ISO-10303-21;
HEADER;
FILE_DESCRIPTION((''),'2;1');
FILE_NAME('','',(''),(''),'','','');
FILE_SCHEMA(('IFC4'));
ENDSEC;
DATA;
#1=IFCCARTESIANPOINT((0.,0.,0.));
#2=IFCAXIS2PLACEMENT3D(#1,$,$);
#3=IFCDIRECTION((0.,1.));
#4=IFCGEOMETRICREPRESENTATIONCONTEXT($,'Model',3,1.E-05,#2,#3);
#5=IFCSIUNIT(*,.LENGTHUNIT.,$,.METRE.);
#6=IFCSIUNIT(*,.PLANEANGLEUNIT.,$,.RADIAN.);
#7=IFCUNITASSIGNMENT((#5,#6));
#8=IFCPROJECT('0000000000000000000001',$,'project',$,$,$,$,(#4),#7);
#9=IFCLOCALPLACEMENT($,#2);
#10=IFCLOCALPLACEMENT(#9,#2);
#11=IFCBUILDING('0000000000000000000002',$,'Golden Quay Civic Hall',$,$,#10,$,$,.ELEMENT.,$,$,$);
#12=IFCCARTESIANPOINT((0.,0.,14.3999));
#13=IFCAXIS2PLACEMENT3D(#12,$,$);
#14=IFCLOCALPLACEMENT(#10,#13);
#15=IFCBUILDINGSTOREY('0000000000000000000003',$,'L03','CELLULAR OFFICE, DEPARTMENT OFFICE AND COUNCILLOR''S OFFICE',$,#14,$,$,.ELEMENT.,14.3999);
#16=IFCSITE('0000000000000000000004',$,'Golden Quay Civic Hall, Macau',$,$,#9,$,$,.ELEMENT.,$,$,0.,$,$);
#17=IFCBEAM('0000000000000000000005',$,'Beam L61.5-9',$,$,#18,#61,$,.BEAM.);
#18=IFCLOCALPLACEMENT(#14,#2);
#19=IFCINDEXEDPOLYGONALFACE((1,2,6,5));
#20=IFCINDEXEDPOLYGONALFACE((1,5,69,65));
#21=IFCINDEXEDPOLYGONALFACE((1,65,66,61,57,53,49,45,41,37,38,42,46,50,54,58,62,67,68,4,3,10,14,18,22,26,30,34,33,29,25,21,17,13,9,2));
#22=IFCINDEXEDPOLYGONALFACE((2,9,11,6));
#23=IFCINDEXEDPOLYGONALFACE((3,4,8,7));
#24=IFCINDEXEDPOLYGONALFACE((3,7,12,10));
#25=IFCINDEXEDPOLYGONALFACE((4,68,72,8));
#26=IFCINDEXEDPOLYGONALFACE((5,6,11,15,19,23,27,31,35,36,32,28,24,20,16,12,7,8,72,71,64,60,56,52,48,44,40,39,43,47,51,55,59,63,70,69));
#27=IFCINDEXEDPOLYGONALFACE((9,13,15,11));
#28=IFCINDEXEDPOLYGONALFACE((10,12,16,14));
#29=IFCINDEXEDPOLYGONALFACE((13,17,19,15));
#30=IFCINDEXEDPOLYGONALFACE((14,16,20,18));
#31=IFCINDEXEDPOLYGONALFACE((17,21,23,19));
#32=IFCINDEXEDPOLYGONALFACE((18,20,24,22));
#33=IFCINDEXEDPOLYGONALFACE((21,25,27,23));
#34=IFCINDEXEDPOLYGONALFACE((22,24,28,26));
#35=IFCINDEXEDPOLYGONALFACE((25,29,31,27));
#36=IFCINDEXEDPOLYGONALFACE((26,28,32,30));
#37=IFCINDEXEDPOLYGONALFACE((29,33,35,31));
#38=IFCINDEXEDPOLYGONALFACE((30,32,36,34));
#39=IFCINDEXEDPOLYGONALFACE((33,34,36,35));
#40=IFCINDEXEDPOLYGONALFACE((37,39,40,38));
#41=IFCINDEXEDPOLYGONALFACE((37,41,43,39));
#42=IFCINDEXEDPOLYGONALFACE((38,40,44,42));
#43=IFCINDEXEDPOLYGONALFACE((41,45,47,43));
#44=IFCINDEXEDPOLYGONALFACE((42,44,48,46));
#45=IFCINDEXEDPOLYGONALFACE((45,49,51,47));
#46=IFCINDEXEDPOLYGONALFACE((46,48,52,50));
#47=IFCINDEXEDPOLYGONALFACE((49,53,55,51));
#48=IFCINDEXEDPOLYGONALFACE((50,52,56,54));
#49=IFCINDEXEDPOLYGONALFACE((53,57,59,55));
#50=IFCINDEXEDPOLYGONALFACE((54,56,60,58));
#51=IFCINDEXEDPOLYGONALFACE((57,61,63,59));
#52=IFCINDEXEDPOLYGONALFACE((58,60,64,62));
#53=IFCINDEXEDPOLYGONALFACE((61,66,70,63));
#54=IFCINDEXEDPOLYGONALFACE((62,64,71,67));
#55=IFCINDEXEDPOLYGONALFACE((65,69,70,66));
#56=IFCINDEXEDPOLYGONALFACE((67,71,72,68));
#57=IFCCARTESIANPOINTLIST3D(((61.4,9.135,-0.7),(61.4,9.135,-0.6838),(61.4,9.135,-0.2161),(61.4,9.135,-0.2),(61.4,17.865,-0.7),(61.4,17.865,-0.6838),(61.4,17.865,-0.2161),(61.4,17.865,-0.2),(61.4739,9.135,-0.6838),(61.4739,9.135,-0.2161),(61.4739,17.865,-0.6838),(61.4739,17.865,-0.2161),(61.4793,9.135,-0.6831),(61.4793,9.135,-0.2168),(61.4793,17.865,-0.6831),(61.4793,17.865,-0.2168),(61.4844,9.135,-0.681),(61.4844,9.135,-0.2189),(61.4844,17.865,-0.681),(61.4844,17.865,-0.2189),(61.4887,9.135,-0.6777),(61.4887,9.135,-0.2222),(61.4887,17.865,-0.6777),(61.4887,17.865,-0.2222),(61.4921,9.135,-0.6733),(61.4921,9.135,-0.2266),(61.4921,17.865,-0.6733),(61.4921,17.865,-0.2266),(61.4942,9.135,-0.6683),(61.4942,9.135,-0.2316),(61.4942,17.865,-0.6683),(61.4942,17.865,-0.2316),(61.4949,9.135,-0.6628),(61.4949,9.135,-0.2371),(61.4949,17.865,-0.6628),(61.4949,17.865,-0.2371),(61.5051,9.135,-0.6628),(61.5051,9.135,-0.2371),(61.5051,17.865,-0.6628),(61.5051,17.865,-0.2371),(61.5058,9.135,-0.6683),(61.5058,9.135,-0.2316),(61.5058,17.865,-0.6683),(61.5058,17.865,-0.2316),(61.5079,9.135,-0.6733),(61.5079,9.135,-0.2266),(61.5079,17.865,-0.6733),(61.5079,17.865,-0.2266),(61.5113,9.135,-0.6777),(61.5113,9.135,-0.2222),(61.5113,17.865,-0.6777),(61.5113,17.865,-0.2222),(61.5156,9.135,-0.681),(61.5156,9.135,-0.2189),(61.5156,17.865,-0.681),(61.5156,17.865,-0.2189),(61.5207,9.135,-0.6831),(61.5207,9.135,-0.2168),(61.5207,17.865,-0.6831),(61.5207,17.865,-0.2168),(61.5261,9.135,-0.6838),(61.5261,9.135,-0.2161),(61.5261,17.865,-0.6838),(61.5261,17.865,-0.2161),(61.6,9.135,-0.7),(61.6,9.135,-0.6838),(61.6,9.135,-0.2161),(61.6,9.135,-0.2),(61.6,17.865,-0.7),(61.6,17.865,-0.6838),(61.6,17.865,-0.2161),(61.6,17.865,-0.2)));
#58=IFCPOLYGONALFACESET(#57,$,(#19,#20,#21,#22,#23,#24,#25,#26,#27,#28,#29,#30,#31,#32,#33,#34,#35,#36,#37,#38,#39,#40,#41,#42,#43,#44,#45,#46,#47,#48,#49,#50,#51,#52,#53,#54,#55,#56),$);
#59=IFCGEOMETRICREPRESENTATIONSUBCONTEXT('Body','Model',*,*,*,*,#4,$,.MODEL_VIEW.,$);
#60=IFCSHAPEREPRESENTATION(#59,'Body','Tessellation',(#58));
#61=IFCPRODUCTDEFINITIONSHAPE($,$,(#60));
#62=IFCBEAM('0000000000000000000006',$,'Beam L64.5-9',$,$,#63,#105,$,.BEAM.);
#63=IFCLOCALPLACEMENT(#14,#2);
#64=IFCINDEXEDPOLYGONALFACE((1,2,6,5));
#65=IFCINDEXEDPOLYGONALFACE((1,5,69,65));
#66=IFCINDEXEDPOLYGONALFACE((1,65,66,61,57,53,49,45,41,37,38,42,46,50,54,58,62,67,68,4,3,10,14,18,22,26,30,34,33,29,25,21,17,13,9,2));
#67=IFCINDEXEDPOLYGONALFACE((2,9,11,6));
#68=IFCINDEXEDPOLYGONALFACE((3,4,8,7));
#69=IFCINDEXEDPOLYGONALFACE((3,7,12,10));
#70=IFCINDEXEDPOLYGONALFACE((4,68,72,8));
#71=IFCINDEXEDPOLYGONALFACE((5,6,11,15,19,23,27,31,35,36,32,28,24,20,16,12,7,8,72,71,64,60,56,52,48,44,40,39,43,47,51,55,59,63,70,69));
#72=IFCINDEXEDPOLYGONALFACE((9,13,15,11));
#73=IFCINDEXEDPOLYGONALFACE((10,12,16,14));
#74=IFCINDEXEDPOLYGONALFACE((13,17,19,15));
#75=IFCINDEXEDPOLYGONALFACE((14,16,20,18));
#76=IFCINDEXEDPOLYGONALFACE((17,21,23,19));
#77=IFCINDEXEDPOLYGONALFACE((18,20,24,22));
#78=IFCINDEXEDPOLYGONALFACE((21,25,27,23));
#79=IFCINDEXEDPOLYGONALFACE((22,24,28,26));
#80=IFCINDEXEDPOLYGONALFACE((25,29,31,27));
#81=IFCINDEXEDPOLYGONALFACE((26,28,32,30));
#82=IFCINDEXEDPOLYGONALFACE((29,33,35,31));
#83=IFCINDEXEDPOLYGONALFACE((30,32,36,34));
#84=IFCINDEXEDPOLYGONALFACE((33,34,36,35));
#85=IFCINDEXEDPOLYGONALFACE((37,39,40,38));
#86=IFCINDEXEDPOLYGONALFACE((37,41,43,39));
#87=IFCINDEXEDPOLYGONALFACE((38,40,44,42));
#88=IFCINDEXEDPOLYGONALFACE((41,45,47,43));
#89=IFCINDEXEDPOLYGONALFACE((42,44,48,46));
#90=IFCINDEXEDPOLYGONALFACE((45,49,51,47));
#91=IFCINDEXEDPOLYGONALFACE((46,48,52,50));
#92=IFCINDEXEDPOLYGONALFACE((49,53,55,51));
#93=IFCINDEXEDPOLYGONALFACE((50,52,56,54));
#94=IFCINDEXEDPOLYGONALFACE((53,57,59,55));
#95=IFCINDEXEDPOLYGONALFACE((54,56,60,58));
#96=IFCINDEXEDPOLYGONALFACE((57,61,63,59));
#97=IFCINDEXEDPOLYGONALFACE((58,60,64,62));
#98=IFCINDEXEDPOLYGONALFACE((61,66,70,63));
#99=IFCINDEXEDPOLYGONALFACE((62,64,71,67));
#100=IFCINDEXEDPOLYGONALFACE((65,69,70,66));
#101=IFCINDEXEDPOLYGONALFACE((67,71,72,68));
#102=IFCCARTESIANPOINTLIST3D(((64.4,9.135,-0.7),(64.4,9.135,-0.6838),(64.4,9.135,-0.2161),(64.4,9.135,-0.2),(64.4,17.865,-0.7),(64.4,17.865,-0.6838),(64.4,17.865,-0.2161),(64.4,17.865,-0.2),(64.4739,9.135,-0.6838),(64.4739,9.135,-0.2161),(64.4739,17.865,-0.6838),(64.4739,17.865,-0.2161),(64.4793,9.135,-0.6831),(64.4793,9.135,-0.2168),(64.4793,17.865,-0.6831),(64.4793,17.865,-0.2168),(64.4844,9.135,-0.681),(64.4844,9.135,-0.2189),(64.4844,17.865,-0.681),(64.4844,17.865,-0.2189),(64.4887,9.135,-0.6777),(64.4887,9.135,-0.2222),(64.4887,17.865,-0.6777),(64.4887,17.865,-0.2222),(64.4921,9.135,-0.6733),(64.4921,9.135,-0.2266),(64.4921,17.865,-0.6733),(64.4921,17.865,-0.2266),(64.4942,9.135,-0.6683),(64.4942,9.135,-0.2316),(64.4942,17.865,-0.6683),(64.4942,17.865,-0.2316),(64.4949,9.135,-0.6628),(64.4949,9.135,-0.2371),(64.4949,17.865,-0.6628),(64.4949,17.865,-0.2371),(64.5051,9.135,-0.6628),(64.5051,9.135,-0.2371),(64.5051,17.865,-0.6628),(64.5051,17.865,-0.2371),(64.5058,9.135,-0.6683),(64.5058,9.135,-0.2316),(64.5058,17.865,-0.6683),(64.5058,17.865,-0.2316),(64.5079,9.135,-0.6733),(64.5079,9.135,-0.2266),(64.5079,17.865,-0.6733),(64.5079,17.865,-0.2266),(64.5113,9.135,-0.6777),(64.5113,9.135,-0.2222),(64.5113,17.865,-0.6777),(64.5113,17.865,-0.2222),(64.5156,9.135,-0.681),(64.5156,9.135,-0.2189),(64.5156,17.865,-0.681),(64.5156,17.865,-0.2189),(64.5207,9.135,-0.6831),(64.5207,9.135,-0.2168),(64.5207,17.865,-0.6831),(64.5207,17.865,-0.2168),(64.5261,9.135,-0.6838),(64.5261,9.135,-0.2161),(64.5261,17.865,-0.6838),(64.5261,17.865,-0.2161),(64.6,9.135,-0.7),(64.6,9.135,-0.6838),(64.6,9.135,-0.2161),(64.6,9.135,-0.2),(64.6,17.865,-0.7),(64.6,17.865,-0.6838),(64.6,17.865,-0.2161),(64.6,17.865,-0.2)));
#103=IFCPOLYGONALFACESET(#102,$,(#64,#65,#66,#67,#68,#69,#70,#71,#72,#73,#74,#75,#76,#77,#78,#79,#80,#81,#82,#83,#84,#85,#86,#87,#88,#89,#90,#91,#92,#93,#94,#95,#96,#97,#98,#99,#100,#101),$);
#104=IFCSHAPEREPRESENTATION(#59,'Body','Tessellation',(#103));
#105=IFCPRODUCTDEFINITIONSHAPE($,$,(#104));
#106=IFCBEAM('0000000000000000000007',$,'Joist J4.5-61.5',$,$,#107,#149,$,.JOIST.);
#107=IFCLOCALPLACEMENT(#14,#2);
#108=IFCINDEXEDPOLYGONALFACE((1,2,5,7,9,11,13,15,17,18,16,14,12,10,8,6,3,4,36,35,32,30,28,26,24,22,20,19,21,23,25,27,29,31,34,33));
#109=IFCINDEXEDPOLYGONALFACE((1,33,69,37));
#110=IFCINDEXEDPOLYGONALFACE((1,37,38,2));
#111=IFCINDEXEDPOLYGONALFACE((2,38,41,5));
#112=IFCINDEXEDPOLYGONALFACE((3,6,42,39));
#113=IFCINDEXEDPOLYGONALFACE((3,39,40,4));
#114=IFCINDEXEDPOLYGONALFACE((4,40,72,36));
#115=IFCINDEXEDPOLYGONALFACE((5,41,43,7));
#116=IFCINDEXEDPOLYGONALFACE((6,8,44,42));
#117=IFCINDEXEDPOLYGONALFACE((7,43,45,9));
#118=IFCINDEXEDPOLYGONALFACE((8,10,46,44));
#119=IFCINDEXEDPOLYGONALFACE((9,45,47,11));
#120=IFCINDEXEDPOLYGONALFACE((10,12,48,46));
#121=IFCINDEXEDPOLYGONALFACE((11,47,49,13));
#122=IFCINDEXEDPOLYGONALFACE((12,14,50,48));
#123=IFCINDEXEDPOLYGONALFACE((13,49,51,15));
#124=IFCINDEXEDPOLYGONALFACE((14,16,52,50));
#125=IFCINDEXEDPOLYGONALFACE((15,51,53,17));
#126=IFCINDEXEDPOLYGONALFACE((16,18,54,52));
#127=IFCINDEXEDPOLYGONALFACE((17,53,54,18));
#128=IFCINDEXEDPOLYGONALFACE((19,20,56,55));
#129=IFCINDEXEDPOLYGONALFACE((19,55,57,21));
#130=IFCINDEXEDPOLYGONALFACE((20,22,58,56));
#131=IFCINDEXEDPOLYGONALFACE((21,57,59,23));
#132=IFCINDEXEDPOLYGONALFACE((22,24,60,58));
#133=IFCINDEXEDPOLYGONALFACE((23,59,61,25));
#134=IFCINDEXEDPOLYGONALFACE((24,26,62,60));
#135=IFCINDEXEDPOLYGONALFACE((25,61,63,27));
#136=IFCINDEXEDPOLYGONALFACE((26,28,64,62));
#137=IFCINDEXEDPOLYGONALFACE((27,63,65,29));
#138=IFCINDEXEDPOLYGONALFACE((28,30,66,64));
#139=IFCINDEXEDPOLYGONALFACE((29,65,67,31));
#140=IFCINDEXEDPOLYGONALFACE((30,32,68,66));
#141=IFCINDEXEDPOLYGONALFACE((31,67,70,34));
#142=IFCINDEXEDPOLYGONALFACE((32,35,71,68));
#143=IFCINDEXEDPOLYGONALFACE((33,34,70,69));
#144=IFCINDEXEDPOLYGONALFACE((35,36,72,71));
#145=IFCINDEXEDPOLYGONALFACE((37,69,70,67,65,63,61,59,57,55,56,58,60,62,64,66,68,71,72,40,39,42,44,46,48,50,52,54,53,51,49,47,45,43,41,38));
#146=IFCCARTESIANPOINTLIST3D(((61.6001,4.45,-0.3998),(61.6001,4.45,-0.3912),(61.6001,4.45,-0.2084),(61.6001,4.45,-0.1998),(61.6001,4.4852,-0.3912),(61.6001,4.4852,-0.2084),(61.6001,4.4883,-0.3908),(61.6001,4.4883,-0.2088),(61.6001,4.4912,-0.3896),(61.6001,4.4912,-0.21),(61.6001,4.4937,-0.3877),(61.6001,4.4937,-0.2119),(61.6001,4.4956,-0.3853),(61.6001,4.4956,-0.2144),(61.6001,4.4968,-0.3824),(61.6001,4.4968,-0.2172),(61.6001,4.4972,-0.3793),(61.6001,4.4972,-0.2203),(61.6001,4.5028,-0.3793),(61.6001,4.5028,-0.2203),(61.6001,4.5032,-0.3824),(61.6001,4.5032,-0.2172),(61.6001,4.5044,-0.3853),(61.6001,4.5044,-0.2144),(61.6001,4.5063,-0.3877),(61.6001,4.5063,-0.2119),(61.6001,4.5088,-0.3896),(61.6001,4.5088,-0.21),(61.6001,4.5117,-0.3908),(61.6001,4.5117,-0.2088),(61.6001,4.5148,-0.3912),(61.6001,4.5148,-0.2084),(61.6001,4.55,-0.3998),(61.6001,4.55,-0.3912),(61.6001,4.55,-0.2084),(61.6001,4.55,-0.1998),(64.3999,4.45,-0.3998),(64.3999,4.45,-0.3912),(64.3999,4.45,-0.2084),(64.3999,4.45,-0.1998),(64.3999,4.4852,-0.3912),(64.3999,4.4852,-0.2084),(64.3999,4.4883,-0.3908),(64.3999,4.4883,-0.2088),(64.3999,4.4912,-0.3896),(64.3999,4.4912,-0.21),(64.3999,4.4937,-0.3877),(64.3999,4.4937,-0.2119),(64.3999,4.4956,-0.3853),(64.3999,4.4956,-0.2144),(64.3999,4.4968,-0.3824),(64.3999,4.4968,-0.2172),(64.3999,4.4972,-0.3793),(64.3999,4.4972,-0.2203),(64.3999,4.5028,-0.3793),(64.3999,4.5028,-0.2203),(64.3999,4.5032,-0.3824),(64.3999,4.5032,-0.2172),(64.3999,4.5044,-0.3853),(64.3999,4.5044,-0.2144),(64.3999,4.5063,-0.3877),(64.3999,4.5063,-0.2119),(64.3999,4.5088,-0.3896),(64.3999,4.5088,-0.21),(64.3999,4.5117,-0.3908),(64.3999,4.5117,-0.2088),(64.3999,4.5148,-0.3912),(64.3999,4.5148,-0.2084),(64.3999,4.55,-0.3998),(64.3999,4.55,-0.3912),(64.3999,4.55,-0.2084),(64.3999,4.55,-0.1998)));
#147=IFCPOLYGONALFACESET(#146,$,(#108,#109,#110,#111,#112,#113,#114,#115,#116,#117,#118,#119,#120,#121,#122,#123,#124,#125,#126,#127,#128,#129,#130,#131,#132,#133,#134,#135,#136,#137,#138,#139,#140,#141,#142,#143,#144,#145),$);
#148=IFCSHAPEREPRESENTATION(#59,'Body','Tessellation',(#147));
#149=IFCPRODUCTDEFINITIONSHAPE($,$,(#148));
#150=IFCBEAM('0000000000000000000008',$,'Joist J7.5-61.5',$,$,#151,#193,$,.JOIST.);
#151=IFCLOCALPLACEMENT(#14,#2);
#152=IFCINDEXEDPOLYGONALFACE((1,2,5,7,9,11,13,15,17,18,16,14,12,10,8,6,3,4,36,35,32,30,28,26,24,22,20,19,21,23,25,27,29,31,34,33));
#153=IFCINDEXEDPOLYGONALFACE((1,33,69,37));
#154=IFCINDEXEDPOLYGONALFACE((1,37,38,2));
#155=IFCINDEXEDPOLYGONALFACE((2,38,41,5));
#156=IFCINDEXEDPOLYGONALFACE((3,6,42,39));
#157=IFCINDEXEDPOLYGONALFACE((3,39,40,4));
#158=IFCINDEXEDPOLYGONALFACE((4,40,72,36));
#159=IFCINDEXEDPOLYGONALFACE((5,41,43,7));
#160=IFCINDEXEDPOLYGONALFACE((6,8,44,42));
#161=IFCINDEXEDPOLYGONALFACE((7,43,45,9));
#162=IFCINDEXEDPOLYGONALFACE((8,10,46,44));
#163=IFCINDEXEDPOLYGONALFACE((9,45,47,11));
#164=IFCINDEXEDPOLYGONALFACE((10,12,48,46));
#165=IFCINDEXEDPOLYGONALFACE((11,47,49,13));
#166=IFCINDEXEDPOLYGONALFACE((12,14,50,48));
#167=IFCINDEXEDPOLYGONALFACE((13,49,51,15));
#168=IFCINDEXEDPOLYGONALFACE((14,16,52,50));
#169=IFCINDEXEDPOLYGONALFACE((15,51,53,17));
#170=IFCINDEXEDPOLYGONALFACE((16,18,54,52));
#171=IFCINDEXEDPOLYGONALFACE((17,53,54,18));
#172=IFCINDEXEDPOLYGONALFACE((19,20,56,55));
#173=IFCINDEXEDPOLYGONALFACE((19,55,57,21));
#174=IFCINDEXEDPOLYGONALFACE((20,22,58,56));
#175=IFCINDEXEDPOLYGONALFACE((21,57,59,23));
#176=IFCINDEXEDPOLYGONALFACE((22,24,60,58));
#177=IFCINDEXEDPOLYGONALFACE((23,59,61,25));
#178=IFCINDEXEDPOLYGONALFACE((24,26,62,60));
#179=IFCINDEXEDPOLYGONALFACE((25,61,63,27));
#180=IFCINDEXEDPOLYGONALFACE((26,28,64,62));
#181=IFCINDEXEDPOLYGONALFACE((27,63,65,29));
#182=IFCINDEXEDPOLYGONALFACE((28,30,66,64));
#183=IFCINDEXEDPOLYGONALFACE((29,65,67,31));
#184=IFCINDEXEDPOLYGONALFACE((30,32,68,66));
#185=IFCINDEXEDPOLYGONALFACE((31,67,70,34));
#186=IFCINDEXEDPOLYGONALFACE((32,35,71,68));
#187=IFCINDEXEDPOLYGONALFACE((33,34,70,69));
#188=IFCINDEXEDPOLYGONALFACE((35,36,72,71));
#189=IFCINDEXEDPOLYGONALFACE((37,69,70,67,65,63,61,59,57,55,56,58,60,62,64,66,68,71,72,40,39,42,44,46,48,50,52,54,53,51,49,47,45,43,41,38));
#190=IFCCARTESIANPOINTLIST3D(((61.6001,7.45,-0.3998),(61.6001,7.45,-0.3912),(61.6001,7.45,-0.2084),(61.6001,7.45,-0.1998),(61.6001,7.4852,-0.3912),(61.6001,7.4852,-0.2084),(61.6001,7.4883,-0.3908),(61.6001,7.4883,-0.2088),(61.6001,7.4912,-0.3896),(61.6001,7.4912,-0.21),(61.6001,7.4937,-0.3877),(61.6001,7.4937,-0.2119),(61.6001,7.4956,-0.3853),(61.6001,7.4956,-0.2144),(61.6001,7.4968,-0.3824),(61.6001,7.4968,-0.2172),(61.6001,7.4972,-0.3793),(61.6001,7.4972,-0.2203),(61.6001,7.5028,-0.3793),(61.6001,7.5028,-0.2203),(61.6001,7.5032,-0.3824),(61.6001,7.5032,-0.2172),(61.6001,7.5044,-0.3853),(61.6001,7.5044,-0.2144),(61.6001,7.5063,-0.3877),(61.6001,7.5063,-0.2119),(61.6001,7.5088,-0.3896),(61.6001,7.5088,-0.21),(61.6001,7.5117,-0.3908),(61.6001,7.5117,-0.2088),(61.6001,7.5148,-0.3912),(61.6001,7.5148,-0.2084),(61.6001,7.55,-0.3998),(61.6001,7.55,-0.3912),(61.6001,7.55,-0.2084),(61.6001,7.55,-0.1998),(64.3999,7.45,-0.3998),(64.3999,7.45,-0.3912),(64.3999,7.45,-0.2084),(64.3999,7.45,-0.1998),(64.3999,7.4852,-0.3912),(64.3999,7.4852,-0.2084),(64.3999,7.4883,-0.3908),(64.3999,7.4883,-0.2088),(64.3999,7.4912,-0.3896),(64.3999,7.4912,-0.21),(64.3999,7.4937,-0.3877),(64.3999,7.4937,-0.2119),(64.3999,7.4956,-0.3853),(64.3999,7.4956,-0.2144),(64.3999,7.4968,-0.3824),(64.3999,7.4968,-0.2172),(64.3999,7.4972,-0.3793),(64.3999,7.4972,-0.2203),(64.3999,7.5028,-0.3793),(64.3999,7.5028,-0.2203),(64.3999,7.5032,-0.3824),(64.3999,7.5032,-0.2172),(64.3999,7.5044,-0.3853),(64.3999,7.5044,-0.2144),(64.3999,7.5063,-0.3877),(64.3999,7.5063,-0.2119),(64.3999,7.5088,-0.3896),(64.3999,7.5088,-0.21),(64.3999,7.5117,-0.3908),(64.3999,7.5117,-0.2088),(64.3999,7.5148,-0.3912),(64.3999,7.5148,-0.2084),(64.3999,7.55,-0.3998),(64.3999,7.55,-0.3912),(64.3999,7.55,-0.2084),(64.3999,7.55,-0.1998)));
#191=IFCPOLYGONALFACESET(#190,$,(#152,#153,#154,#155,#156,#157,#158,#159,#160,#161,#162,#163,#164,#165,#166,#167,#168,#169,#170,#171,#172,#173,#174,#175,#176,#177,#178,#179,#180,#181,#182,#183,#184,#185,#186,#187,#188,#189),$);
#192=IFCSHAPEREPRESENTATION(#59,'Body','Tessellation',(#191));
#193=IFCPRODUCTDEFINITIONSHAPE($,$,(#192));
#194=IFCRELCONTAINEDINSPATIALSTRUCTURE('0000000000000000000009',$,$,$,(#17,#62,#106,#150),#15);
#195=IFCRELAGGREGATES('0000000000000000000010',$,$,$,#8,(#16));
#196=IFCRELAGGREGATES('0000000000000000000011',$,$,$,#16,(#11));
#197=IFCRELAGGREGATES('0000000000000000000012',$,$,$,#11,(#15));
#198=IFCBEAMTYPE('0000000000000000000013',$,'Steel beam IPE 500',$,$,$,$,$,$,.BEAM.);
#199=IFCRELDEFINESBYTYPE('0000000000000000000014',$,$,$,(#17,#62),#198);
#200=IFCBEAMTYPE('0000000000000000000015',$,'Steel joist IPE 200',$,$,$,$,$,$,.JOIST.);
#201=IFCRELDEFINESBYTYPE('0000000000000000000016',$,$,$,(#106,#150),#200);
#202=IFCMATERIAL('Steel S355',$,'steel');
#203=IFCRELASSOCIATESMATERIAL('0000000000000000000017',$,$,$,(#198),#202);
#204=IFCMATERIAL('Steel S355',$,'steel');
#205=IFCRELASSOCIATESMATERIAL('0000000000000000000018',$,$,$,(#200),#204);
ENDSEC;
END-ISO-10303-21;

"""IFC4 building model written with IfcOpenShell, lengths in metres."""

from ifc_helpers import new_model, si_unit, direction, frame, origin, origin_2d, place, context, subcontext, project, spatial, i_section, extrude, material, material_profile, profile_set, type_object, element, save


model = new_model("IFC4")

# Units and contexts
model_context = context("Model", 3, precision=1e-05, world=origin(), true_north=direction((0.0, 1.0)))
body_context = subcontext(model_context, "Body", "Model", "MODEL_VIEW")
ifc_project = project(units=[si_unit("LENGTHUNIT", "METRE"), si_unit("PLANEANGLEUNIT", "RADIAN")], contexts=[model_context])

# Site, building, storey
site_placement = place(None, origin())
site = spatial("IfcSite", under=ifc_project, at=site_placement, Name="Golden Quay Civic Hall, Macau", CompositionType="ELEMENT", RefElevation=0.0)
building_placement = place(site_placement, origin())
building = spatial("IfcBuilding", under=site, at=building_placement, Name="Golden Quay Civic Hall", CompositionType="ELEMENT")
storey_placement = place(building_placement, frame((0.0, 0.0, 14.3999)))
storey = spatial("IfcBuildingStorey", under=building, at=storey_placement, Name="L03", Description="CELLULAR OFFICE, DEPARTMENT OFFICE AND COUNCILLOR'S OFFICE", CompositionType="ELEMENT", Elevation=14.3999)

# Beams
ifc_material_1 = material(Name="Steel S355", Category="steel")
ifc_material_profile_1 = material_profile(ifc_material_1, i_section(OverallWidth=0.2, OverallDepth=0.5, WebThickness=0.0103, FlangeThickness=0.0161, FilletRadius=0.021, at=origin_2d()), Name="IPE 500")
ifc_profile_set_1 = profile_set([ifc_material_profile_1], Name="Steel S355")
beam_type_1 = type_object("IfcBeamType", Name="Steel beam IPE 500", PredefinedType="BEAM", material=ifc_profile_set_1)
for number, where, z_axis, x_axis, name in (
    (1, (61.5, 9.135, -0.45), (0.0, 1.0, 0.0), (-1.0, 0.0, 0.0), "Beam L61.5-9"),
    (2, (64.5, 9.135, -0.45), (0.0, 1.0, 0.0), (-1.0, 0.0, 0.0), "Beam L64.5-9"),
):
    element("IfcBeam", number, at=place(storey_placement, frame(where, z_axis=z_axis, x_axis=x_axis)), inside=storey, type_object=beam_type_1, Name=name, PredefinedType="BEAM", context=body_context, shape_type="SweptSolid", body=[
        extrude(i_section(OverallWidth=0.2, OverallDepth=0.5, WebThickness=0.0103, FlangeThickness=0.0161, FilletRadius=0.021, at=origin_2d()), origin(), (0.0, 0.0, 1.0), 8.73),
    ])
ifc_material_2 = material(Name="Steel S355", Category="steel")
ifc_material_profile_2 = material_profile(ifc_material_2, i_section(OverallWidth=0.1001, OverallDepth=0.2, WebThickness=0.0056, FlangeThickness=0.0085, FilletRadius=0.012, at=origin_2d()), Name="IPE 200")
ifc_profile_set_2 = profile_set([ifc_material_profile_2], Name="Steel S355")
beam_type_2 = type_object("IfcBeamType", Name="Steel joist IPE 200", PredefinedType="JOIST", material=ifc_profile_set_2)
for number, where, z_axis, x_axis, name in (
    (3, (61.6001, 4.5, -0.2998), (1.0, 0.0, 0.0), (0.0, 1.0, 0.0), "Joist J4.5-61.5"),
    (4, (61.6001, 7.5, -0.2998), (1.0, 0.0, 0.0), (0.0, 1.0, 0.0), "Joist J7.5-61.5"),
):
    element("IfcBeam", number, at=place(storey_placement, frame(where, z_axis=z_axis, x_axis=x_axis)), inside=storey, type_object=beam_type_2, Name=name, PredefinedType="JOIST", context=body_context, shape_type="SweptSolid", body=[
        extrude(i_section(OverallWidth=0.1001, OverallDepth=0.2, WebThickness=0.0056, FlangeThickness=0.0085, FilletRadius=0.012, at=origin_2d()), origin(), (0.0, 0.0, 1.0), 2.7998),
    ])

save(model, "model.ifc")
